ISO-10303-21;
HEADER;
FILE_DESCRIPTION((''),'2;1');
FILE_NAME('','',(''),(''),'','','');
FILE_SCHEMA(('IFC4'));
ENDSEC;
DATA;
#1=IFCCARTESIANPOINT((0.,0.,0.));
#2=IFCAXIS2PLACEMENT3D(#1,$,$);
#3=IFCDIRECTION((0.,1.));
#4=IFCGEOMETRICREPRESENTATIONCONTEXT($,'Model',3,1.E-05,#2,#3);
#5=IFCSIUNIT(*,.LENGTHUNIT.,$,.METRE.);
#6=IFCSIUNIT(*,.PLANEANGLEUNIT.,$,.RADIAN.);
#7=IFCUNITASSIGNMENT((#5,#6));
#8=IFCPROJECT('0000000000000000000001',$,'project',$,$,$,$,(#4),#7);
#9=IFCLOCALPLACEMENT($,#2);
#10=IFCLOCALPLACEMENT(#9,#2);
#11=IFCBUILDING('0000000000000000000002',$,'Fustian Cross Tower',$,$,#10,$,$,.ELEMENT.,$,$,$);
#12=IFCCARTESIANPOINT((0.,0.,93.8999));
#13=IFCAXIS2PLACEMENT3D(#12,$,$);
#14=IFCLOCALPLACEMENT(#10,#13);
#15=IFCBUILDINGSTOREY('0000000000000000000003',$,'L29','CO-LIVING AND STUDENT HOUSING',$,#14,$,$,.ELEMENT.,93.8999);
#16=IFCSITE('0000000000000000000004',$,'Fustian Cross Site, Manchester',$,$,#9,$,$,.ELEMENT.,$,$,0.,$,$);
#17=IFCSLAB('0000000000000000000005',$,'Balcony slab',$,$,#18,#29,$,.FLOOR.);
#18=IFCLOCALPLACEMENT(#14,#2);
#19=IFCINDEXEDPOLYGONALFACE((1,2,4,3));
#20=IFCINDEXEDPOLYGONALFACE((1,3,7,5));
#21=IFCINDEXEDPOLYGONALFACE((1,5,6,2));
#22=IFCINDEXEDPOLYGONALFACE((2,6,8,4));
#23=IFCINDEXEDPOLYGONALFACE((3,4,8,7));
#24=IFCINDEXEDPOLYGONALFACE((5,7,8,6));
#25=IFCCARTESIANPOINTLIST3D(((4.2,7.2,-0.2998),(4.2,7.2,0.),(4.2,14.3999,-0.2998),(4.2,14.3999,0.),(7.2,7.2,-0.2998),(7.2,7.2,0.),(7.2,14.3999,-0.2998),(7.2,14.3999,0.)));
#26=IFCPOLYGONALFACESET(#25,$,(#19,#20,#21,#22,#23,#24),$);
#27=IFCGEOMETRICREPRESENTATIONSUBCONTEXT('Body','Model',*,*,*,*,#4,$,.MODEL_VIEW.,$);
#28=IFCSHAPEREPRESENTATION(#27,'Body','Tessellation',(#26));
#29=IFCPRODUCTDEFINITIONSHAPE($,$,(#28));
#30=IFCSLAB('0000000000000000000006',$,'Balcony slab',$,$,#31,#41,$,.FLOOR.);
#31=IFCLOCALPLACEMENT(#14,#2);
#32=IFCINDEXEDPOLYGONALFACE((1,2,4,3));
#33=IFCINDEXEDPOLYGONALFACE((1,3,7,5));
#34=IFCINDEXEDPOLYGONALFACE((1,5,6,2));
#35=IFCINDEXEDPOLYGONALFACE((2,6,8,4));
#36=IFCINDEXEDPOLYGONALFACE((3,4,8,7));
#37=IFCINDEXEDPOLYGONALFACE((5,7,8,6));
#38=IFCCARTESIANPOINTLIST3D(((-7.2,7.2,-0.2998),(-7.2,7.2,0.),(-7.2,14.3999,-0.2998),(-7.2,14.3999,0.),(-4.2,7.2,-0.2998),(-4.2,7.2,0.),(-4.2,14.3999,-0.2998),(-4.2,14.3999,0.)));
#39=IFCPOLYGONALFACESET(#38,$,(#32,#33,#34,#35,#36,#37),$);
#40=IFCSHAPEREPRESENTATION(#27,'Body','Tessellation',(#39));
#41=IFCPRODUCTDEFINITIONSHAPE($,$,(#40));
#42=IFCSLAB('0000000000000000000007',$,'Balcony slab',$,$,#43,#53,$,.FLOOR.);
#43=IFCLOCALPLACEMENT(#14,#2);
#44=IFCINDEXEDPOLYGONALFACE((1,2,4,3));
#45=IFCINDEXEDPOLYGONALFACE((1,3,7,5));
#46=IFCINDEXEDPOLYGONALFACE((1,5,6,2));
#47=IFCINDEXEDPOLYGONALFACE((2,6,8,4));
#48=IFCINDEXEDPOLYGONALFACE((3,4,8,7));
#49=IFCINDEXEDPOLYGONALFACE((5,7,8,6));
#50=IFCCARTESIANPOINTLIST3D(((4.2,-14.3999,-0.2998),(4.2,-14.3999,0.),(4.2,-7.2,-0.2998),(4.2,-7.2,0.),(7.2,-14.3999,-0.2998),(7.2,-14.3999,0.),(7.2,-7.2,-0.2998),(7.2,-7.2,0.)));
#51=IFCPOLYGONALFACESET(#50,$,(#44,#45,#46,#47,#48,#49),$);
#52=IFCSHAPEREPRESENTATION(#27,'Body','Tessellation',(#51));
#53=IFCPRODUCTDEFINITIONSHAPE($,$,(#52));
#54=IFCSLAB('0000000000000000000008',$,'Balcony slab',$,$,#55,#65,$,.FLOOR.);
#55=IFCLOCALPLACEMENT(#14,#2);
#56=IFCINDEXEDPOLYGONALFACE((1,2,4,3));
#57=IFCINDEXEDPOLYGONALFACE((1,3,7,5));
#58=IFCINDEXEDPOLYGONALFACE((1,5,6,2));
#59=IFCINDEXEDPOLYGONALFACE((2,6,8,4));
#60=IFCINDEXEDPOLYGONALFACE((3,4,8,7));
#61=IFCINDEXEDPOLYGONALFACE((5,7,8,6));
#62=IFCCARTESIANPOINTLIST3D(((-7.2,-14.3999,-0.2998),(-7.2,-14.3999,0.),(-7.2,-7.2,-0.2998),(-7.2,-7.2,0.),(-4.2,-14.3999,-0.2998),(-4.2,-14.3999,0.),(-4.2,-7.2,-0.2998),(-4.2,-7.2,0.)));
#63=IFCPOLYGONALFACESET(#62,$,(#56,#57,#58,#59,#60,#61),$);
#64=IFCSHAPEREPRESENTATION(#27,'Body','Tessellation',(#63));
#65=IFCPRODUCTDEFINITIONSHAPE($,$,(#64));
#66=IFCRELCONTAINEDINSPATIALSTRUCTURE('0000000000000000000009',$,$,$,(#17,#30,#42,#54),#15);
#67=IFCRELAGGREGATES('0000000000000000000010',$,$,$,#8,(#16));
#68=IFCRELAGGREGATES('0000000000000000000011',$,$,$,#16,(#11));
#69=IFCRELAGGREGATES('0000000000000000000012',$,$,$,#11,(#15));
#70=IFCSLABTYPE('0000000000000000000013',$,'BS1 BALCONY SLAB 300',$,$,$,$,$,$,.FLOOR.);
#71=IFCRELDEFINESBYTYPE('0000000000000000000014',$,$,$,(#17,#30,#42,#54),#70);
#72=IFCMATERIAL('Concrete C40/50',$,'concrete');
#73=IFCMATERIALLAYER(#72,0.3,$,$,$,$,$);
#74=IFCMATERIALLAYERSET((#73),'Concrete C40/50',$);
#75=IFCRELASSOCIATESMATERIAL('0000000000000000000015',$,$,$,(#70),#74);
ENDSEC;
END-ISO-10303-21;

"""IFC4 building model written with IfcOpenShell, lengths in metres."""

from ifc_helpers import new_model, si_unit, direction, frame, origin, place, context, subcontext, project, spatial, polyline, outline, extrude, material, layer, layer_set, type_object, element, save


model = new_model("IFC4")

# Units and contexts
model_context = context("Model", 3, precision=1e-05, world=origin(), true_north=direction((0.0, 1.0)))
body_context = subcontext(model_context, "Body", "Model", "MODEL_VIEW")
ifc_project = project(units=[si_unit("LENGTHUNIT", "METRE"), si_unit("PLANEANGLEUNIT", "RADIAN")], contexts=[model_context])

# Site, building, storey
site_placement = place(None, origin())
site = spatial("IfcSite", under=ifc_project, at=site_placement, Name="Fustian Cross Site, Manchester", CompositionType="ELEMENT", RefElevation=0.0)
building_placement = place(site_placement, origin())
building = spatial("IfcBuilding", under=site, at=building_placement, Name="Fustian Cross Tower", CompositionType="ELEMENT")
storey_placement = place(building_placement, frame((0.0, 0.0, 93.8999)))
storey = spatial("IfcBuildingStorey", under=building, at=storey_placement, Name="L29", Description="CO-LIVING AND STUDENT HOUSING", CompositionType="ELEMENT", Elevation=93.8999)

# Slabs
ifc_material_1 = material(Name="Concrete C40/50", Category="concrete")
ifc_layer_1 = layer(ifc_material_1, 0.3)
ifc_layer_set_1 = layer_set([ifc_layer_1], Name="Concrete C40/50")
slab_type_1 = type_object("IfcSlabType", Name="BS1 BALCONY SLAB 300", PredefinedType="FLOOR", material=ifc_layer_set_1)
slab_1_placement = place(storey_placement, frame((0.0, 0.0, -0.2998)))
element("IfcSlab", 1, at=slab_1_placement, inside=storey, type_object=slab_type_1, Name="Balcony slab", PredefinedType="FLOOR", context=body_context, shape_type="SweptSolid", body=[
    extrude(outline(polyline([(4.2, 7.2), (7.2, 7.2), (7.2, 14.3999), (4.2, 14.3999), (4.2, 7.2)])), origin(), (0.0, 0.0, 1.0), 0.2998),
])
slab_2_placement = place(storey_placement, frame((0.0, 0.0, -0.2998)))
element("IfcSlab", 2, at=slab_2_placement, inside=storey, type_object=slab_type_1, Name="Balcony slab", PredefinedType="FLOOR", context=body_context, shape_type="SweptSolid", body=[
    extrude(outline(polyline([(-7.2, 7.2), (-4.2, 7.2), (-4.2, 14.3999), (-7.2, 14.3999), (-7.2, 7.2)])), origin(), (0.0, 0.0, 1.0), 0.2998),
])
slab_3_placement = place(storey_placement, frame((0.0, 0.0, -0.2998)))
element("IfcSlab", 3, at=slab_3_placement, inside=storey, type_object=slab_type_1, Name="Balcony slab", PredefinedType="FLOOR", context=body_context, shape_type="SweptSolid", body=[
    extrude(outline(polyline([(4.2, -14.3999), (7.2, -14.3999), (7.2, -7.2), (4.2, -7.2), (4.2, -14.3999)])), origin(), (0.0, 0.0, 1.0), 0.2998),
])
slab_4_placement = place(storey_placement, frame((0.0, 0.0, -0.2998)))
element("IfcSlab", 4, at=slab_4_placement, inside=storey, type_object=slab_type_1, Name="Balcony slab", PredefinedType="FLOOR", context=body_context, shape_type="SweptSolid", body=[
    extrude(outline(polyline([(-7.2, -14.3999), (-4.2, -14.3999), (-4.2, -7.2), (-7.2, -7.2), (-7.2, -14.3999)])), origin(), (0.0, 0.0, 1.0), 0.2998),
])

save(model, "model.ifc")
